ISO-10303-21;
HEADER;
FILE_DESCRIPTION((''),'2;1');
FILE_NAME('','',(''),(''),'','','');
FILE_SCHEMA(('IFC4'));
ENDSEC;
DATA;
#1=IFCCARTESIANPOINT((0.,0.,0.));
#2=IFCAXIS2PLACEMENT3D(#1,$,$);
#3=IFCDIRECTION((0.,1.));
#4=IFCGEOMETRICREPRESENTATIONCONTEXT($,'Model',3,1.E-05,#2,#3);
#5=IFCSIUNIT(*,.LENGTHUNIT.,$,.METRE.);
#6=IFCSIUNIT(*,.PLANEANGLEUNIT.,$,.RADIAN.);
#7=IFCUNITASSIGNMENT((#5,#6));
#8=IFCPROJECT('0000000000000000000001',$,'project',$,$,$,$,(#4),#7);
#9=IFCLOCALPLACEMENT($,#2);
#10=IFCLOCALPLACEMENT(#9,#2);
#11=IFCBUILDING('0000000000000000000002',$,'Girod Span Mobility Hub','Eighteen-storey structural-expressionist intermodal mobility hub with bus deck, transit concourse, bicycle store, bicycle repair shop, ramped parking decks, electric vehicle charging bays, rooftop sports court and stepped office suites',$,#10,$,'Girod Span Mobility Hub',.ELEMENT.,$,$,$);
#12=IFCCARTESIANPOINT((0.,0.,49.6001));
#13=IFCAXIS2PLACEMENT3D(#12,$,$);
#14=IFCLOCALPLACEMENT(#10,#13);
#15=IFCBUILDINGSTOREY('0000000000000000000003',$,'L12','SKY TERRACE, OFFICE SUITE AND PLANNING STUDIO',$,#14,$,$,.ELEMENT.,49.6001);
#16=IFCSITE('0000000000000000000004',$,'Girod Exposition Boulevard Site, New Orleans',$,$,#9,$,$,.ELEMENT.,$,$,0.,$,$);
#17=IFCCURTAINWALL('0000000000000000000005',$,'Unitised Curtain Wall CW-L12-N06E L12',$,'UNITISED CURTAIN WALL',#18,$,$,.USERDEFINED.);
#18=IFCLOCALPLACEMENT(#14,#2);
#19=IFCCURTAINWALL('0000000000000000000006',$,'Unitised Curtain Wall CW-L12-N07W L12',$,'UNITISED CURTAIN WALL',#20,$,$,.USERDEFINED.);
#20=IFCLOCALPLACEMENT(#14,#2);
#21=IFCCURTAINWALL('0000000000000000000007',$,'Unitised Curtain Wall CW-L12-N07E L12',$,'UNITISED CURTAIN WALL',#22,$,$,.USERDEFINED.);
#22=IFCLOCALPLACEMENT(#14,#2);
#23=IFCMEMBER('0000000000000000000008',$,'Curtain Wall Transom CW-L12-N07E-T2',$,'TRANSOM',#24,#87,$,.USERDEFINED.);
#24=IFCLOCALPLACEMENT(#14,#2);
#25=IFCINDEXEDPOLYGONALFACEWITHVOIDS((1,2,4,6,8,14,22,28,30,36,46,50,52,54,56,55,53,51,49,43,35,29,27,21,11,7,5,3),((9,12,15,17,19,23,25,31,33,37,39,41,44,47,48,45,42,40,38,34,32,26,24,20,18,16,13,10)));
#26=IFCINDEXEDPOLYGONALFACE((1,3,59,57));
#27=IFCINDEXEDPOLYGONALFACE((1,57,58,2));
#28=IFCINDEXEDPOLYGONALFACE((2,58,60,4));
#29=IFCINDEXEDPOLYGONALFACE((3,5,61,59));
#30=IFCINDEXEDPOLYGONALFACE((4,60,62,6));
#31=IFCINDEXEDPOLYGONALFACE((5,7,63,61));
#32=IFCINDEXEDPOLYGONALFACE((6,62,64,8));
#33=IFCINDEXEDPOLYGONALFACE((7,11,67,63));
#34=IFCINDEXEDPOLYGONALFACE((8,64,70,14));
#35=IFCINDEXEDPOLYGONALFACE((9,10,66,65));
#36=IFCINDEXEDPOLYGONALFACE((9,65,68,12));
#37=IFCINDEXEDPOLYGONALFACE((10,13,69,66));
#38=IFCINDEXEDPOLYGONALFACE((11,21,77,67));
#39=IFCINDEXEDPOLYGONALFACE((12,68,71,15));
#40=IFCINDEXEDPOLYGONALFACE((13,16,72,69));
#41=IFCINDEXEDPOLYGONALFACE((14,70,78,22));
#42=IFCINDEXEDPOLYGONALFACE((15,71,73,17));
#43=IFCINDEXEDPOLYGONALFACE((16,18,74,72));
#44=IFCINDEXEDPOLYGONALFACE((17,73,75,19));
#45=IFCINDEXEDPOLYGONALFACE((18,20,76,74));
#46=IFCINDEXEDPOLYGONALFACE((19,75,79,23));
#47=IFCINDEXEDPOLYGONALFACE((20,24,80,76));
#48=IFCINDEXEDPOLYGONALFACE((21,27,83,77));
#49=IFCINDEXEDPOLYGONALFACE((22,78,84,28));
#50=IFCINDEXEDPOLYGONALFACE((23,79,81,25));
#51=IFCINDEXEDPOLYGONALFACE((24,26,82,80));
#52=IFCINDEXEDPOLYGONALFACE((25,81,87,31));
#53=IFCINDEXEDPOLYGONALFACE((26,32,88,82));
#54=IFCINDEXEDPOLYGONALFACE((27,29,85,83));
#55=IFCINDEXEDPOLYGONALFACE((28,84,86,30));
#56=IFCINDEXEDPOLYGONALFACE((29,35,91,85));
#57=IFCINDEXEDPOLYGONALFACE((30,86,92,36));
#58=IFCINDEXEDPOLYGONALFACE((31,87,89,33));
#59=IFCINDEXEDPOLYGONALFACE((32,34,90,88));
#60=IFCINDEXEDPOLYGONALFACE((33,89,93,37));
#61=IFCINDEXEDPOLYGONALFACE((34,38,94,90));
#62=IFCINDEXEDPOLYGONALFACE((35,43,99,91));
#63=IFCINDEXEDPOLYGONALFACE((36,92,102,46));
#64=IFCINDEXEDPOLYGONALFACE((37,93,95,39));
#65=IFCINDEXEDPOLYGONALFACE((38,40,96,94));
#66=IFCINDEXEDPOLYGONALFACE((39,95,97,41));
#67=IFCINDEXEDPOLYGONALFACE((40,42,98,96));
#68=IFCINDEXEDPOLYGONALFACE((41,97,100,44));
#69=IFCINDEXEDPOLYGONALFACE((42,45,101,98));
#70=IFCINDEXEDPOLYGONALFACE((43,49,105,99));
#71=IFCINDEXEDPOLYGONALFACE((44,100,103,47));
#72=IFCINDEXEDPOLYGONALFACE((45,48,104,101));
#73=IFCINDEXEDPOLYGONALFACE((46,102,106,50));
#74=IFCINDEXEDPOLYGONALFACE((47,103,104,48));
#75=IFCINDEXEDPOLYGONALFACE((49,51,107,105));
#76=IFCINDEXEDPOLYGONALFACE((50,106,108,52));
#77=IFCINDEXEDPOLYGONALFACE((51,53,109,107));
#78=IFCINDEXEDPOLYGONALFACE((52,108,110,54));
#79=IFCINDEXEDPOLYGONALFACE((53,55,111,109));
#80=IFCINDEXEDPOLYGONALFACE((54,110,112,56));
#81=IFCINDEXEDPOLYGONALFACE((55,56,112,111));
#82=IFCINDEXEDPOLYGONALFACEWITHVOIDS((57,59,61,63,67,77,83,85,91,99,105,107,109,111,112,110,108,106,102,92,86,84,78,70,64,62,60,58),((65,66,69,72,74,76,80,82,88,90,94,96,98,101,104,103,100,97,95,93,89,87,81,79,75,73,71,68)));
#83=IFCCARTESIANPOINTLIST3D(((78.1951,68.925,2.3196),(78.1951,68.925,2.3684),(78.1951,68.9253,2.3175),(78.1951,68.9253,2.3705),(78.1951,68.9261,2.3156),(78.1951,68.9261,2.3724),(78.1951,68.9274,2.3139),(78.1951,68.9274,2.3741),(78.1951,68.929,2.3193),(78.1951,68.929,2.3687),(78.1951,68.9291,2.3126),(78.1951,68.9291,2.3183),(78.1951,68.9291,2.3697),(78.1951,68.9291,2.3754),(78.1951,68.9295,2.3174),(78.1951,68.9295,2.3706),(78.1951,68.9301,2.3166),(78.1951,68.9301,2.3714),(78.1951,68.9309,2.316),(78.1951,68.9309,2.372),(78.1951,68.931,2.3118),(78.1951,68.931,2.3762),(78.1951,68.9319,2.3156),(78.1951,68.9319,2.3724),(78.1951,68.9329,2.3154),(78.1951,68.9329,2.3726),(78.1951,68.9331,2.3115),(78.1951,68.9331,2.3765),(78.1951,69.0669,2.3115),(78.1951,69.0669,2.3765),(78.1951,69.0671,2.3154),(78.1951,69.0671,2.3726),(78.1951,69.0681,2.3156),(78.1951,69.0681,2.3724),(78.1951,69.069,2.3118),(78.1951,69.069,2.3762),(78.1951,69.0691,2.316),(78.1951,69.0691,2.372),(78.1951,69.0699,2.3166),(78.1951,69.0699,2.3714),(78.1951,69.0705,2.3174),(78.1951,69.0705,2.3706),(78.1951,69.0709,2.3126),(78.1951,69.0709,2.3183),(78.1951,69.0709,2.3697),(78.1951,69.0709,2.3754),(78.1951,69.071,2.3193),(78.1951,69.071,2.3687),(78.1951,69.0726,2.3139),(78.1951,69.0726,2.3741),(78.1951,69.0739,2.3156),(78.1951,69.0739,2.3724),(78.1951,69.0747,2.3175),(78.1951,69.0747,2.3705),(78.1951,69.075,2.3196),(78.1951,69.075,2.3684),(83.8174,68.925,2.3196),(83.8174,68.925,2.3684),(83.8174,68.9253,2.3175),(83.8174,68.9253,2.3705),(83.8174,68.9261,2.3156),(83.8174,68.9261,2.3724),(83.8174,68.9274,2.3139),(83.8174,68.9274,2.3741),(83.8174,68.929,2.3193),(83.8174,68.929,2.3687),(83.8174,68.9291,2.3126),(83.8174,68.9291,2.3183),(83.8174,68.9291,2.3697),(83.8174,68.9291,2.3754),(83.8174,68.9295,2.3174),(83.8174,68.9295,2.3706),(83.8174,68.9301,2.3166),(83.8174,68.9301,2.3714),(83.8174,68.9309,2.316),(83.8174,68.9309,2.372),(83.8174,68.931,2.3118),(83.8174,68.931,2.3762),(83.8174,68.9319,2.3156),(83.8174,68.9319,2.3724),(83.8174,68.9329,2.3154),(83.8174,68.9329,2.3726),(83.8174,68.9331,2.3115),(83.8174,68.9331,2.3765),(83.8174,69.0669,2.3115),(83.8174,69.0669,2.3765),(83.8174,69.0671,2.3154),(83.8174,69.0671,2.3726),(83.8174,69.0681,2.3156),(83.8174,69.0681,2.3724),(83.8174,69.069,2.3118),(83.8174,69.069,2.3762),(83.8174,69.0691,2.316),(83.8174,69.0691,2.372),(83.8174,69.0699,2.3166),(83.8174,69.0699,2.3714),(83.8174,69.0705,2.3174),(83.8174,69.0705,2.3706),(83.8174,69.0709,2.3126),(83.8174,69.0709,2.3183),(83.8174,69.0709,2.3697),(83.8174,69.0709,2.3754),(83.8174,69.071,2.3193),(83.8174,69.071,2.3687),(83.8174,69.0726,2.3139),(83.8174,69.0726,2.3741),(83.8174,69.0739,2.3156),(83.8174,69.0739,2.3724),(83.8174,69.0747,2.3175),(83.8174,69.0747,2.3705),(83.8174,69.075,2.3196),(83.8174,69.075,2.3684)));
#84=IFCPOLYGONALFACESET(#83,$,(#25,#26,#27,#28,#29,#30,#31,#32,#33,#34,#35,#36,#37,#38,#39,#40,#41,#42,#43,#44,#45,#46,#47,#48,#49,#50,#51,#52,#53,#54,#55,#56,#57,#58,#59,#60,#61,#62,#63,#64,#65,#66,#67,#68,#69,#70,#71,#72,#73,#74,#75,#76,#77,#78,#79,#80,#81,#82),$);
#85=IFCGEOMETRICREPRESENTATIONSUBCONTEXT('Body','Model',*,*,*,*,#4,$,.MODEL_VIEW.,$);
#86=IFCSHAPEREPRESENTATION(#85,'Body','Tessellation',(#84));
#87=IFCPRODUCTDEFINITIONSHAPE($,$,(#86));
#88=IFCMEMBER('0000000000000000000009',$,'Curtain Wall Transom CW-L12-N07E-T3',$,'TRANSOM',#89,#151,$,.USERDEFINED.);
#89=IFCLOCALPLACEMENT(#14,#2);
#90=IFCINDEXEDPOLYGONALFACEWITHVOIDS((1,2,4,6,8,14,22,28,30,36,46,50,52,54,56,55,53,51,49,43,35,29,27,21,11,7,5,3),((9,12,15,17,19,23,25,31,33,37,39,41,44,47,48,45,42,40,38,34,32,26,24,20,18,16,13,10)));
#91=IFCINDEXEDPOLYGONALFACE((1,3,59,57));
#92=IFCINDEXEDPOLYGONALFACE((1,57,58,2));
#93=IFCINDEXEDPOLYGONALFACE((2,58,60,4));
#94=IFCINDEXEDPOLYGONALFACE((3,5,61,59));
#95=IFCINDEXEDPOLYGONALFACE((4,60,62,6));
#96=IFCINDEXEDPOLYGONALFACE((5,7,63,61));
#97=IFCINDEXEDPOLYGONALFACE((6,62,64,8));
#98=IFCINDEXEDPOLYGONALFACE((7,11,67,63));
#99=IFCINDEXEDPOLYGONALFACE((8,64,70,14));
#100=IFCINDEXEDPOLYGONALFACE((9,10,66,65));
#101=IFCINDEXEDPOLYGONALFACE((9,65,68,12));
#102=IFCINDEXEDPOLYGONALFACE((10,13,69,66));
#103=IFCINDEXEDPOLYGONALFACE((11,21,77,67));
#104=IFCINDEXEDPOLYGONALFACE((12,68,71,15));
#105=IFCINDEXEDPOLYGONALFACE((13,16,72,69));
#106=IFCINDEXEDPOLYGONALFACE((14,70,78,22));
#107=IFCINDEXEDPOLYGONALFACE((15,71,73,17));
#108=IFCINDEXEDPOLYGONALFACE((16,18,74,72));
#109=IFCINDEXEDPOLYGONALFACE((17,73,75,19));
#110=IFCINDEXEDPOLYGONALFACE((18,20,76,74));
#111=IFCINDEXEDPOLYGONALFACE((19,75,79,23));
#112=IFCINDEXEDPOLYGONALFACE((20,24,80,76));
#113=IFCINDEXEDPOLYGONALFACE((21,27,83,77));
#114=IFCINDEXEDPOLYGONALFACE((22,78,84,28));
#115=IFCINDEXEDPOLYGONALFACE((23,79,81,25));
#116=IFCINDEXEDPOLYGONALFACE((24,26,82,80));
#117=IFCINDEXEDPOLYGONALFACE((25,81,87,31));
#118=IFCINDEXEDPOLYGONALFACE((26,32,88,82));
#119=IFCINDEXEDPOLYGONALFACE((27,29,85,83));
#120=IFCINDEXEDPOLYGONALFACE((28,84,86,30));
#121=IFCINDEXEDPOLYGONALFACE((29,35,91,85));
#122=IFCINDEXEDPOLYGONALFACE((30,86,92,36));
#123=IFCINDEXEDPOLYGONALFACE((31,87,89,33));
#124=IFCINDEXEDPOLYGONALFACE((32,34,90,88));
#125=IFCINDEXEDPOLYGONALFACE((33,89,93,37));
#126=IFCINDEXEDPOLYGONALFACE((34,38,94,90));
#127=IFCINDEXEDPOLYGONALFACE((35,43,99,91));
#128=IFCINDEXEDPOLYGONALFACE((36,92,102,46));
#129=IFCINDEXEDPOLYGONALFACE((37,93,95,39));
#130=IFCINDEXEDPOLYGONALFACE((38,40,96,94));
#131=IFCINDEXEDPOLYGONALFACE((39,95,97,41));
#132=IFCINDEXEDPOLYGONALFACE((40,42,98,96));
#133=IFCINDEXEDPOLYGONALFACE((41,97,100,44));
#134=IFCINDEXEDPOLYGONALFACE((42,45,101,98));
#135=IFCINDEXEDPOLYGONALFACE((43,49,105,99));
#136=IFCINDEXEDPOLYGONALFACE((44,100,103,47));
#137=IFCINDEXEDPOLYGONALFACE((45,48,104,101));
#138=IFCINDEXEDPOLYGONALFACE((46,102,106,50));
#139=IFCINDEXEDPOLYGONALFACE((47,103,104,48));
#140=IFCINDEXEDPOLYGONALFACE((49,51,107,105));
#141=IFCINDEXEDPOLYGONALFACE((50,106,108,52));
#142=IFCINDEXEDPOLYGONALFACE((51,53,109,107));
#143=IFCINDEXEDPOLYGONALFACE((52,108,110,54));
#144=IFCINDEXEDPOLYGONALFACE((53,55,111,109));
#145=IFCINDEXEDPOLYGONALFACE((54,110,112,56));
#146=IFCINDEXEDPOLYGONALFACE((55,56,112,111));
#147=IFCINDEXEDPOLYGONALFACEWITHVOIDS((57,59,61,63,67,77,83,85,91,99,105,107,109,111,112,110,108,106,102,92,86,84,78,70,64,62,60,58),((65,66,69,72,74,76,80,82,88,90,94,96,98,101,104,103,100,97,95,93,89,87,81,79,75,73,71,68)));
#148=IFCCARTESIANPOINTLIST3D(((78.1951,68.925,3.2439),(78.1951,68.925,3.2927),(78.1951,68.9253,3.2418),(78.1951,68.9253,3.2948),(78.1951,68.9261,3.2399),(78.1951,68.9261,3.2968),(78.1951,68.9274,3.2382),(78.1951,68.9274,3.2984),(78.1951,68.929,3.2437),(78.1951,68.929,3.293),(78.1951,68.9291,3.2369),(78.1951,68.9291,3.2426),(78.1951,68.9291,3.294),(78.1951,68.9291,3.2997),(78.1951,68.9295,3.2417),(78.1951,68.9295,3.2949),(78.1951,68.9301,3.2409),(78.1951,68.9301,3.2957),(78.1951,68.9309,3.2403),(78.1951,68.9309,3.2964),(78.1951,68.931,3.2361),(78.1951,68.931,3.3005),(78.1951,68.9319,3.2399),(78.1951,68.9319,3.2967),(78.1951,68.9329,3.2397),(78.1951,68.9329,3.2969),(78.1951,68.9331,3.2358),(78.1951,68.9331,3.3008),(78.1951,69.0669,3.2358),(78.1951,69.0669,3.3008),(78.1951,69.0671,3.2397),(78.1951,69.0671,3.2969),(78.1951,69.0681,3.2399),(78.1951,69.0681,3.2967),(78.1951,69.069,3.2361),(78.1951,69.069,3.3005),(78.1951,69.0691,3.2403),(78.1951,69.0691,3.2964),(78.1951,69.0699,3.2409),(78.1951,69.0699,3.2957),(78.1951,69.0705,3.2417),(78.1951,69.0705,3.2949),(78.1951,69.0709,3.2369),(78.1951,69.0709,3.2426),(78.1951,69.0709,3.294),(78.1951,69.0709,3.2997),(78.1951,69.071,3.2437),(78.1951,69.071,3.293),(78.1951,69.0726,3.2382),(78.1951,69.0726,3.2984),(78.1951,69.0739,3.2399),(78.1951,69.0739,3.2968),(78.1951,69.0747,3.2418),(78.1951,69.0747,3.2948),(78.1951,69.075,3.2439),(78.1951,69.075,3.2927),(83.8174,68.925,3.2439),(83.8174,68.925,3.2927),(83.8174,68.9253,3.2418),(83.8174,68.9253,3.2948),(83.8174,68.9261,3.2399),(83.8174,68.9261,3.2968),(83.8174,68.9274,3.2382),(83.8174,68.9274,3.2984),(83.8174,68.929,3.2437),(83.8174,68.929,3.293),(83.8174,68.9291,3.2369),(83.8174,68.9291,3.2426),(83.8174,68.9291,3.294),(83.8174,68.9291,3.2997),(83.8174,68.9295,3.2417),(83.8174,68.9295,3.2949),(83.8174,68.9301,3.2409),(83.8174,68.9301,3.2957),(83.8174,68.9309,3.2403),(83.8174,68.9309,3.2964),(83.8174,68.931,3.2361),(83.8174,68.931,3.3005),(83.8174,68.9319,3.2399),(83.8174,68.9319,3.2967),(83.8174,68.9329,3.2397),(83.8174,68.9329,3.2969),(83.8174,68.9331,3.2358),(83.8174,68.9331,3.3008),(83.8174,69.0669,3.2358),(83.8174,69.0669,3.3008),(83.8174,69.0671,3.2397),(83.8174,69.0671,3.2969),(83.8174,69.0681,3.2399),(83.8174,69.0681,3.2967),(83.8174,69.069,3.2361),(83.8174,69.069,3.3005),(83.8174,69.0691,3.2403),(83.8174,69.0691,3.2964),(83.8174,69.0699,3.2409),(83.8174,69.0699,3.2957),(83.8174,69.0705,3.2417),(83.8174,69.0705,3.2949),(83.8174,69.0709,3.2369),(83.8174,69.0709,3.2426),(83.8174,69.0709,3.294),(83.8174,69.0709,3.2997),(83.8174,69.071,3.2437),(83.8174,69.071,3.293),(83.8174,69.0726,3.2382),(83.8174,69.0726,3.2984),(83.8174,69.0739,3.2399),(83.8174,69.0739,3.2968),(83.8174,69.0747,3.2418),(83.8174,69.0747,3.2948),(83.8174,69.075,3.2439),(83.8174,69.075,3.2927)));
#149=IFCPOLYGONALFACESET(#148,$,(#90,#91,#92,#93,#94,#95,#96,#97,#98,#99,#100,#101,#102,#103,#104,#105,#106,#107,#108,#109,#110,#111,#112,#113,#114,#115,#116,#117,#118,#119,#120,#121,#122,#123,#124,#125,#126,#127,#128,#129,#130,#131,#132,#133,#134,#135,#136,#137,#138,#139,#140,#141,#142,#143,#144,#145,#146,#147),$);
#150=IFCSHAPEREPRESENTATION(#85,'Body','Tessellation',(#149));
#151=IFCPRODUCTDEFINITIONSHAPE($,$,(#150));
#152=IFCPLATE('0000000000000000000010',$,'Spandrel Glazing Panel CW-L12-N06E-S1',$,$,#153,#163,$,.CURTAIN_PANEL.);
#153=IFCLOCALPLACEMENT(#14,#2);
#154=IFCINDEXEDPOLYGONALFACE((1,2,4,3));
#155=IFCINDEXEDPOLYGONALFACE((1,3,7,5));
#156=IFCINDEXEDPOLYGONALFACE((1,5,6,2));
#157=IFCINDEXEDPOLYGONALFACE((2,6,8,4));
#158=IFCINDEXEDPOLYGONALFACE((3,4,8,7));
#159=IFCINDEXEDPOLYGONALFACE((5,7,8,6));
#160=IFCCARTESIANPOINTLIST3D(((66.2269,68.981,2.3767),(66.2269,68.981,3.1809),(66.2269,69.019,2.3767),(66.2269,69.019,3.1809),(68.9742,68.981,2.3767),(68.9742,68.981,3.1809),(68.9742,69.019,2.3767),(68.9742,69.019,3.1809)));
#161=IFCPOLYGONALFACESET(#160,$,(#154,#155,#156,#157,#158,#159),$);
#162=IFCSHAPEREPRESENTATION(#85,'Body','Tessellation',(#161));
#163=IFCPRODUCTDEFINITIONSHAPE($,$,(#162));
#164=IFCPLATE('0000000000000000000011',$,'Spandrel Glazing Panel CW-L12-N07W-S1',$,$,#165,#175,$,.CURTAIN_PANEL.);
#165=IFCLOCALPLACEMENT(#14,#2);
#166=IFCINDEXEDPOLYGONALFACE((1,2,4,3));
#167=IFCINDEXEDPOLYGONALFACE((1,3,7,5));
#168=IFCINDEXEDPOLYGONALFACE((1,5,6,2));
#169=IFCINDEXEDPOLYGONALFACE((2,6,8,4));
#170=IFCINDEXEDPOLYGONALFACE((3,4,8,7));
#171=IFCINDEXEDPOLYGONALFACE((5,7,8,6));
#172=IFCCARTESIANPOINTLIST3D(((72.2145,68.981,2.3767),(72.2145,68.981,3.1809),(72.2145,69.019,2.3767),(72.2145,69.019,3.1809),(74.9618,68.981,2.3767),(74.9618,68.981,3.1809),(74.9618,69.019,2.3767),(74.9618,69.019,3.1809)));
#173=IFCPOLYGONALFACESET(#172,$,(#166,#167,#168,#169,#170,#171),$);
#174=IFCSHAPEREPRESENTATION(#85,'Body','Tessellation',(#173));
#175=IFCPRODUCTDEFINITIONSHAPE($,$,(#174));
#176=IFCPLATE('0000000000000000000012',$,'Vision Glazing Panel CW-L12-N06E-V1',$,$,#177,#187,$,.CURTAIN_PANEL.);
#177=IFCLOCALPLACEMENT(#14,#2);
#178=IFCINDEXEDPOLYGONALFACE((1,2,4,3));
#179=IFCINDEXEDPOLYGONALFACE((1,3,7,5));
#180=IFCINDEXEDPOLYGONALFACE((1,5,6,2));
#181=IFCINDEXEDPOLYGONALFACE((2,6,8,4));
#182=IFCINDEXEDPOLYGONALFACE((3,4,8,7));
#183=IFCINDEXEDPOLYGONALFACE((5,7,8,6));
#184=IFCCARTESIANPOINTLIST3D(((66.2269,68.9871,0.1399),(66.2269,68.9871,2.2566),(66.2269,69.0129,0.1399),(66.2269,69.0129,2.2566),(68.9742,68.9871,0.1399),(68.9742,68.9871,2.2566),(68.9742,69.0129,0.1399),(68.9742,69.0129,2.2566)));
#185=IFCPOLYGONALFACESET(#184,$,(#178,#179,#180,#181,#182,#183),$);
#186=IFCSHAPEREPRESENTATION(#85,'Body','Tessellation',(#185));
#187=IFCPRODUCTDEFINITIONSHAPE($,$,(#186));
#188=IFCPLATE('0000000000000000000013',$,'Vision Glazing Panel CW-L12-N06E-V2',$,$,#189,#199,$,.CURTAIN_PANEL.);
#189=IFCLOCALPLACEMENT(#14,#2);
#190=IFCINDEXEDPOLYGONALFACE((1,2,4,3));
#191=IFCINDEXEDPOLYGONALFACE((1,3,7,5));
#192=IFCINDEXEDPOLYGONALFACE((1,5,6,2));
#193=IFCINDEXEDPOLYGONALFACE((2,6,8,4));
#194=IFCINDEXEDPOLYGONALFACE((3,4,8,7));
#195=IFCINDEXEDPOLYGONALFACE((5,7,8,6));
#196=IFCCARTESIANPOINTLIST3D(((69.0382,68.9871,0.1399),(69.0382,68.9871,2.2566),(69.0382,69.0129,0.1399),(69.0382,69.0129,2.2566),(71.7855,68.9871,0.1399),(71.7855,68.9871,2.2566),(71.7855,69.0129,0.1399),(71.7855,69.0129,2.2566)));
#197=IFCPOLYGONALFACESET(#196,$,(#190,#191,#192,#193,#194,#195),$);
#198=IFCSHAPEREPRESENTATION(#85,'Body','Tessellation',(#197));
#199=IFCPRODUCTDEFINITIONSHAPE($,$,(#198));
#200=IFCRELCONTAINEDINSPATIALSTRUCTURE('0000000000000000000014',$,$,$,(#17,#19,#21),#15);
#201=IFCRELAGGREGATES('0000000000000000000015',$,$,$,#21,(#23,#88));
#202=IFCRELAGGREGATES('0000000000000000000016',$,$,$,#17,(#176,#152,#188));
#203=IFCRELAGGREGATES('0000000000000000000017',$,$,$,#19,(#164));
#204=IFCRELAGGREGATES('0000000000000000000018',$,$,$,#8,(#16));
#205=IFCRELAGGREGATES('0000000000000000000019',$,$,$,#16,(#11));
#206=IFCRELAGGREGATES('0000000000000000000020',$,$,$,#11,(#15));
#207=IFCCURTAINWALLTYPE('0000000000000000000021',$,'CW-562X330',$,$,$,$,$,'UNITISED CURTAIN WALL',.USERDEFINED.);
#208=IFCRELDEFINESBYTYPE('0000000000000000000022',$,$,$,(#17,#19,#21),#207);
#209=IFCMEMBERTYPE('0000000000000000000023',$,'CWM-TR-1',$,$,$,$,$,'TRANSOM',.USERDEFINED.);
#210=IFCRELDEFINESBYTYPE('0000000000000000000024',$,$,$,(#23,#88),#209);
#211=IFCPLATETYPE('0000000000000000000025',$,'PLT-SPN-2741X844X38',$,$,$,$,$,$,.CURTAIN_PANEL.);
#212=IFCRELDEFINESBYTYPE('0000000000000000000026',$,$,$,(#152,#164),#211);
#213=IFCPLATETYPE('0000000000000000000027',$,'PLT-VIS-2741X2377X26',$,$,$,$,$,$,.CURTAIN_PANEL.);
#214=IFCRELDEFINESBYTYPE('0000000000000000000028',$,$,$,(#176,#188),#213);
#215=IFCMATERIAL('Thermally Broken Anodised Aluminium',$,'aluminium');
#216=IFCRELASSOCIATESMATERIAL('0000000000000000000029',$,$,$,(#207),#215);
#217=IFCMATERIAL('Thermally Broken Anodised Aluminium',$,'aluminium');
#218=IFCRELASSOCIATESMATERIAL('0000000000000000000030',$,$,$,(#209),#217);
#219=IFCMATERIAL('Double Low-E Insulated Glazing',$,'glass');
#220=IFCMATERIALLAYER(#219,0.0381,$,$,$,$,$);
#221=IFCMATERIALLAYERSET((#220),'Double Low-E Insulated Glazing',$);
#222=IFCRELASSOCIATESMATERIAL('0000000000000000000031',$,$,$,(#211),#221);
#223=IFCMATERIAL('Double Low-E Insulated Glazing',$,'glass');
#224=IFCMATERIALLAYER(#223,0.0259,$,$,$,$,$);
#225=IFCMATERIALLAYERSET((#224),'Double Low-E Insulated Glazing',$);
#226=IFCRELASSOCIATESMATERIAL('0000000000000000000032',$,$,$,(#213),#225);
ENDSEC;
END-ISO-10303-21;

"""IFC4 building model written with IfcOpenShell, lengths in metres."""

from ifc_helpers import new_model, si_unit, direction, frame, origin, origin_2d, place, context, subcontext, project, spatial, rectangle, hollow_rectangle, extrude, material, layer, layer_set, material_profile, profile_set, type_object, element, aggregate, save


model = new_model("IFC4")

# Units and contexts
model_context = context("Model", 3, precision=1e-05, world=origin(), true_north=direction((0.0, 1.0)))
body_context = subcontext(model_context, "Body", "Model", "MODEL_VIEW")
ifc_project = project(units=[si_unit("LENGTHUNIT", "METRE"), si_unit("PLANEANGLEUNIT", "RADIAN")], contexts=[model_context])

# Site, building, storey
site_placement = place(None, origin())
site = spatial("IfcSite", under=ifc_project, at=site_placement, Name="Girod Exposition Boulevard Site, New Orleans", CompositionType="ELEMENT", RefElevation=0.0)
building_placement = place(site_placement, origin())
building = spatial("IfcBuilding", under=site, at=building_placement, Name="Girod Span Mobility Hub", Description="Eighteen-storey structural-expressionist intermodal mobility hub with bus deck, transit concourse, bicycle store, bicycle repair shop, ramped parking decks, electric vehicle charging bays, rooftop sports court and stepped office suites", LongName="Girod Span Mobility Hub", CompositionType="ELEMENT")
storey_placement = place(building_placement, frame((0.0, 0.0, 49.6001)))
storey = spatial("IfcBuildingStorey", under=building, at=storey_placement, Name="L12", Description="SKY TERRACE, OFFICE SUITE AND PLANNING STUDIO", CompositionType="ELEMENT", Elevation=49.6001)

# Curtain walls
ifc_material_1 = material(Name="Thermally Broken Anodised Aluminium", Category="aluminium")
curtain_wall_type = type_object("IfcCurtainWallType", Name="CW-562X330", ElementType="UNITISED CURTAIN WALL", PredefinedType="USERDEFINED", material=ifc_material_1)
curtain_wall_1_placement = place(storey_placement, origin())
curtain_wall_1 = element("IfcCurtainWall", 1, at=curtain_wall_1_placement, inside=storey, type_object=curtain_wall_type, Name="Unitised Curtain Wall CW-L12-N06E L12", ObjectType="UNITISED CURTAIN WALL", PredefinedType="USERDEFINED")
curtain_wall_2_placement = place(storey_placement, origin())
curtain_wall_2 = element("IfcCurtainWall", 2, at=curtain_wall_2_placement, inside=storey, type_object=curtain_wall_type, Name="Unitised Curtain Wall CW-L12-N07W L12", ObjectType="UNITISED CURTAIN WALL", PredefinedType="USERDEFINED")

# Curtain wall
curtain_wall_3_placement = place(storey_placement, origin())
curtain_wall_3 = element("IfcCurtainWall", 3, at=curtain_wall_3_placement, inside=storey, type_object=curtain_wall_type, Name="Unitised Curtain Wall CW-L12-N07E L12", ObjectType="UNITISED CURTAIN WALL", PredefinedType="USERDEFINED")

# Members
ifc_material_2 = material(Name="Thermally Broken Anodised Aluminium", Category="aluminium")
ifc_material_profile_1 = material_profile(ifc_material_2, hollow_rectangle(XDim=0.1499, YDim=0.0649, WallThickness=0.0039, InnerFilletRadius=0.0039, OuterFilletRadius=0.0081, at=origin_2d()), Name="CW-TR-65X150")
ifc_profile_set_1 = profile_set([ifc_material_profile_1], Name="Thermally Broken Anodised Aluminium")
member_type_1 = type_object("IfcMemberType", Name="CWM-TR-1", ElementType="TRANSOM", PredefinedType="USERDEFINED", material=ifc_profile_set_1)
member_1_placement = place(storey_placement, frame((78.1951, 69.0, 2.344), z_axis=(1.0, 0.0, 0.0), x_axis=(0.0, 1.0, 0.0)))
member_1 = element("IfcMember", 4, at=member_1_placement, type_object=member_type_1, Name="Curtain Wall Transom CW-L12-N07E-T2", ObjectType="TRANSOM", PredefinedType="USERDEFINED", context=body_context, shape_type="SweptSolid", body=[
    extrude(hollow_rectangle(XDim=0.1499, YDim=0.0649, WallThickness=0.0039, InnerFilletRadius=0.0039, OuterFilletRadius=0.0081, at=origin_2d()), origin(), (0.0, 0.0, 1.0), 5.6223),
])
member_2_placement = place(storey_placement, frame((78.1951, 69.0, 3.2683), z_axis=(1.0, 0.0, 0.0), x_axis=(0.0, 1.0, 0.0)))
member_2 = element("IfcMember", 5, at=member_2_placement, type_object=member_type_1, Name="Curtain Wall Transom CW-L12-N07E-T3", ObjectType="TRANSOM", PredefinedType="USERDEFINED", context=body_context, shape_type="SweptSolid", body=[
    extrude(hollow_rectangle(XDim=0.1499, YDim=0.0649, WallThickness=0.0039, InnerFilletRadius=0.0039, OuterFilletRadius=0.0081, at=origin_2d()), origin(), (0.0, 0.0, 1.0), 5.6223),
])
aggregate(curtain_wall_3, [member_1, member_2])

# Plates
ifc_material_3 = material(Name="Double Low-E Insulated Glazing", Category="glass")
ifc_layer_1 = layer(ifc_material_3, 0.0381)
ifc_layer_set_1 = layer_set([ifc_layer_1], Name="Double Low-E Insulated Glazing")
plate_type_1 = type_object("IfcPlateType", Name="PLT-SPN-2741X844X38", PredefinedType="CURTAIN_PANEL", material=ifc_layer_set_1)
plate_1_placement = place(storey_placement, frame((67.6006, 69.0, 2.3767), z_axis=(0.0, 0.0, 1.0), x_axis=(1.0, 0.0, 0.0)))
plate_1 = element("IfcPlate", 6, at=plate_1_placement, type_object=plate_type_1, Name="Spandrel Glazing Panel CW-L12-N06E-S1", PredefinedType="CURTAIN_PANEL", context=body_context, shape_type="SweptSolid", body=[
    extrude(rectangle(XDim=2.7473, YDim=0.0381, at=origin_2d()), origin(), (0.0, 0.0, 1.0), 0.8042),
])
plate_2_placement = place(storey_placement, frame((73.5881, 69.0, 2.3767), z_axis=(0.0, 0.0, 1.0), x_axis=(1.0, 0.0, 0.0)))
plate_2 = element("IfcPlate", 7, at=plate_2_placement, type_object=plate_type_1, Name="Spandrel Glazing Panel CW-L12-N07W-S1", PredefinedType="CURTAIN_PANEL", context=body_context, shape_type="SweptSolid", body=[
    extrude(rectangle(XDim=2.7473, YDim=0.0381, at=origin_2d()), origin(), (0.0, 0.0, 1.0), 0.8042),
])
ifc_material_4 = material(Name="Double Low-E Insulated Glazing", Category="glass")
ifc_layer_2 = layer(ifc_material_4, 0.0259)
ifc_layer_set_2 = layer_set([ifc_layer_2], Name="Double Low-E Insulated Glazing")
plate_type_2 = type_object("IfcPlateType", Name="PLT-VIS-2741X2377X26", PredefinedType="CURTAIN_PANEL", material=ifc_layer_set_2)
plate_3_placement = place(storey_placement, frame((67.6006, 69.0, 0.1399), z_axis=(0.0, 0.0, 1.0), x_axis=(1.0, 0.0, 0.0)))
plate_3 = element("IfcPlate", 8, at=plate_3_placement, type_object=plate_type_2, Name="Vision Glazing Panel CW-L12-N06E-V1", PredefinedType="CURTAIN_PANEL", context=body_context, shape_type="SweptSolid", body=[
    extrude(rectangle(XDim=2.7473, YDim=0.0259, at=origin_2d()), origin(), (0.0, 0.0, 1.0), 2.1167),
])
plate_4_placement = place(storey_placement, frame((70.4119, 69.0, 0.1399), z_axis=(0.0, 0.0, 1.0), x_axis=(1.0, 0.0, 0.0)))
plate_4 = element("IfcPlate", 9, at=plate_4_placement, type_object=plate_type_2, Name="Vision Glazing Panel CW-L12-N06E-V2", PredefinedType="CURTAIN_PANEL", context=body_context, shape_type="SweptSolid", body=[
    extrude(rectangle(XDim=2.7473, YDim=0.0259, at=origin_2d()), origin(), (0.0, 0.0, 1.0), 2.1167),
])
aggregate(curtain_wall_1, [plate_3, plate_1, plate_4])
aggregate(curtain_wall_2, [plate_2])

save(model, "model.ifc")
